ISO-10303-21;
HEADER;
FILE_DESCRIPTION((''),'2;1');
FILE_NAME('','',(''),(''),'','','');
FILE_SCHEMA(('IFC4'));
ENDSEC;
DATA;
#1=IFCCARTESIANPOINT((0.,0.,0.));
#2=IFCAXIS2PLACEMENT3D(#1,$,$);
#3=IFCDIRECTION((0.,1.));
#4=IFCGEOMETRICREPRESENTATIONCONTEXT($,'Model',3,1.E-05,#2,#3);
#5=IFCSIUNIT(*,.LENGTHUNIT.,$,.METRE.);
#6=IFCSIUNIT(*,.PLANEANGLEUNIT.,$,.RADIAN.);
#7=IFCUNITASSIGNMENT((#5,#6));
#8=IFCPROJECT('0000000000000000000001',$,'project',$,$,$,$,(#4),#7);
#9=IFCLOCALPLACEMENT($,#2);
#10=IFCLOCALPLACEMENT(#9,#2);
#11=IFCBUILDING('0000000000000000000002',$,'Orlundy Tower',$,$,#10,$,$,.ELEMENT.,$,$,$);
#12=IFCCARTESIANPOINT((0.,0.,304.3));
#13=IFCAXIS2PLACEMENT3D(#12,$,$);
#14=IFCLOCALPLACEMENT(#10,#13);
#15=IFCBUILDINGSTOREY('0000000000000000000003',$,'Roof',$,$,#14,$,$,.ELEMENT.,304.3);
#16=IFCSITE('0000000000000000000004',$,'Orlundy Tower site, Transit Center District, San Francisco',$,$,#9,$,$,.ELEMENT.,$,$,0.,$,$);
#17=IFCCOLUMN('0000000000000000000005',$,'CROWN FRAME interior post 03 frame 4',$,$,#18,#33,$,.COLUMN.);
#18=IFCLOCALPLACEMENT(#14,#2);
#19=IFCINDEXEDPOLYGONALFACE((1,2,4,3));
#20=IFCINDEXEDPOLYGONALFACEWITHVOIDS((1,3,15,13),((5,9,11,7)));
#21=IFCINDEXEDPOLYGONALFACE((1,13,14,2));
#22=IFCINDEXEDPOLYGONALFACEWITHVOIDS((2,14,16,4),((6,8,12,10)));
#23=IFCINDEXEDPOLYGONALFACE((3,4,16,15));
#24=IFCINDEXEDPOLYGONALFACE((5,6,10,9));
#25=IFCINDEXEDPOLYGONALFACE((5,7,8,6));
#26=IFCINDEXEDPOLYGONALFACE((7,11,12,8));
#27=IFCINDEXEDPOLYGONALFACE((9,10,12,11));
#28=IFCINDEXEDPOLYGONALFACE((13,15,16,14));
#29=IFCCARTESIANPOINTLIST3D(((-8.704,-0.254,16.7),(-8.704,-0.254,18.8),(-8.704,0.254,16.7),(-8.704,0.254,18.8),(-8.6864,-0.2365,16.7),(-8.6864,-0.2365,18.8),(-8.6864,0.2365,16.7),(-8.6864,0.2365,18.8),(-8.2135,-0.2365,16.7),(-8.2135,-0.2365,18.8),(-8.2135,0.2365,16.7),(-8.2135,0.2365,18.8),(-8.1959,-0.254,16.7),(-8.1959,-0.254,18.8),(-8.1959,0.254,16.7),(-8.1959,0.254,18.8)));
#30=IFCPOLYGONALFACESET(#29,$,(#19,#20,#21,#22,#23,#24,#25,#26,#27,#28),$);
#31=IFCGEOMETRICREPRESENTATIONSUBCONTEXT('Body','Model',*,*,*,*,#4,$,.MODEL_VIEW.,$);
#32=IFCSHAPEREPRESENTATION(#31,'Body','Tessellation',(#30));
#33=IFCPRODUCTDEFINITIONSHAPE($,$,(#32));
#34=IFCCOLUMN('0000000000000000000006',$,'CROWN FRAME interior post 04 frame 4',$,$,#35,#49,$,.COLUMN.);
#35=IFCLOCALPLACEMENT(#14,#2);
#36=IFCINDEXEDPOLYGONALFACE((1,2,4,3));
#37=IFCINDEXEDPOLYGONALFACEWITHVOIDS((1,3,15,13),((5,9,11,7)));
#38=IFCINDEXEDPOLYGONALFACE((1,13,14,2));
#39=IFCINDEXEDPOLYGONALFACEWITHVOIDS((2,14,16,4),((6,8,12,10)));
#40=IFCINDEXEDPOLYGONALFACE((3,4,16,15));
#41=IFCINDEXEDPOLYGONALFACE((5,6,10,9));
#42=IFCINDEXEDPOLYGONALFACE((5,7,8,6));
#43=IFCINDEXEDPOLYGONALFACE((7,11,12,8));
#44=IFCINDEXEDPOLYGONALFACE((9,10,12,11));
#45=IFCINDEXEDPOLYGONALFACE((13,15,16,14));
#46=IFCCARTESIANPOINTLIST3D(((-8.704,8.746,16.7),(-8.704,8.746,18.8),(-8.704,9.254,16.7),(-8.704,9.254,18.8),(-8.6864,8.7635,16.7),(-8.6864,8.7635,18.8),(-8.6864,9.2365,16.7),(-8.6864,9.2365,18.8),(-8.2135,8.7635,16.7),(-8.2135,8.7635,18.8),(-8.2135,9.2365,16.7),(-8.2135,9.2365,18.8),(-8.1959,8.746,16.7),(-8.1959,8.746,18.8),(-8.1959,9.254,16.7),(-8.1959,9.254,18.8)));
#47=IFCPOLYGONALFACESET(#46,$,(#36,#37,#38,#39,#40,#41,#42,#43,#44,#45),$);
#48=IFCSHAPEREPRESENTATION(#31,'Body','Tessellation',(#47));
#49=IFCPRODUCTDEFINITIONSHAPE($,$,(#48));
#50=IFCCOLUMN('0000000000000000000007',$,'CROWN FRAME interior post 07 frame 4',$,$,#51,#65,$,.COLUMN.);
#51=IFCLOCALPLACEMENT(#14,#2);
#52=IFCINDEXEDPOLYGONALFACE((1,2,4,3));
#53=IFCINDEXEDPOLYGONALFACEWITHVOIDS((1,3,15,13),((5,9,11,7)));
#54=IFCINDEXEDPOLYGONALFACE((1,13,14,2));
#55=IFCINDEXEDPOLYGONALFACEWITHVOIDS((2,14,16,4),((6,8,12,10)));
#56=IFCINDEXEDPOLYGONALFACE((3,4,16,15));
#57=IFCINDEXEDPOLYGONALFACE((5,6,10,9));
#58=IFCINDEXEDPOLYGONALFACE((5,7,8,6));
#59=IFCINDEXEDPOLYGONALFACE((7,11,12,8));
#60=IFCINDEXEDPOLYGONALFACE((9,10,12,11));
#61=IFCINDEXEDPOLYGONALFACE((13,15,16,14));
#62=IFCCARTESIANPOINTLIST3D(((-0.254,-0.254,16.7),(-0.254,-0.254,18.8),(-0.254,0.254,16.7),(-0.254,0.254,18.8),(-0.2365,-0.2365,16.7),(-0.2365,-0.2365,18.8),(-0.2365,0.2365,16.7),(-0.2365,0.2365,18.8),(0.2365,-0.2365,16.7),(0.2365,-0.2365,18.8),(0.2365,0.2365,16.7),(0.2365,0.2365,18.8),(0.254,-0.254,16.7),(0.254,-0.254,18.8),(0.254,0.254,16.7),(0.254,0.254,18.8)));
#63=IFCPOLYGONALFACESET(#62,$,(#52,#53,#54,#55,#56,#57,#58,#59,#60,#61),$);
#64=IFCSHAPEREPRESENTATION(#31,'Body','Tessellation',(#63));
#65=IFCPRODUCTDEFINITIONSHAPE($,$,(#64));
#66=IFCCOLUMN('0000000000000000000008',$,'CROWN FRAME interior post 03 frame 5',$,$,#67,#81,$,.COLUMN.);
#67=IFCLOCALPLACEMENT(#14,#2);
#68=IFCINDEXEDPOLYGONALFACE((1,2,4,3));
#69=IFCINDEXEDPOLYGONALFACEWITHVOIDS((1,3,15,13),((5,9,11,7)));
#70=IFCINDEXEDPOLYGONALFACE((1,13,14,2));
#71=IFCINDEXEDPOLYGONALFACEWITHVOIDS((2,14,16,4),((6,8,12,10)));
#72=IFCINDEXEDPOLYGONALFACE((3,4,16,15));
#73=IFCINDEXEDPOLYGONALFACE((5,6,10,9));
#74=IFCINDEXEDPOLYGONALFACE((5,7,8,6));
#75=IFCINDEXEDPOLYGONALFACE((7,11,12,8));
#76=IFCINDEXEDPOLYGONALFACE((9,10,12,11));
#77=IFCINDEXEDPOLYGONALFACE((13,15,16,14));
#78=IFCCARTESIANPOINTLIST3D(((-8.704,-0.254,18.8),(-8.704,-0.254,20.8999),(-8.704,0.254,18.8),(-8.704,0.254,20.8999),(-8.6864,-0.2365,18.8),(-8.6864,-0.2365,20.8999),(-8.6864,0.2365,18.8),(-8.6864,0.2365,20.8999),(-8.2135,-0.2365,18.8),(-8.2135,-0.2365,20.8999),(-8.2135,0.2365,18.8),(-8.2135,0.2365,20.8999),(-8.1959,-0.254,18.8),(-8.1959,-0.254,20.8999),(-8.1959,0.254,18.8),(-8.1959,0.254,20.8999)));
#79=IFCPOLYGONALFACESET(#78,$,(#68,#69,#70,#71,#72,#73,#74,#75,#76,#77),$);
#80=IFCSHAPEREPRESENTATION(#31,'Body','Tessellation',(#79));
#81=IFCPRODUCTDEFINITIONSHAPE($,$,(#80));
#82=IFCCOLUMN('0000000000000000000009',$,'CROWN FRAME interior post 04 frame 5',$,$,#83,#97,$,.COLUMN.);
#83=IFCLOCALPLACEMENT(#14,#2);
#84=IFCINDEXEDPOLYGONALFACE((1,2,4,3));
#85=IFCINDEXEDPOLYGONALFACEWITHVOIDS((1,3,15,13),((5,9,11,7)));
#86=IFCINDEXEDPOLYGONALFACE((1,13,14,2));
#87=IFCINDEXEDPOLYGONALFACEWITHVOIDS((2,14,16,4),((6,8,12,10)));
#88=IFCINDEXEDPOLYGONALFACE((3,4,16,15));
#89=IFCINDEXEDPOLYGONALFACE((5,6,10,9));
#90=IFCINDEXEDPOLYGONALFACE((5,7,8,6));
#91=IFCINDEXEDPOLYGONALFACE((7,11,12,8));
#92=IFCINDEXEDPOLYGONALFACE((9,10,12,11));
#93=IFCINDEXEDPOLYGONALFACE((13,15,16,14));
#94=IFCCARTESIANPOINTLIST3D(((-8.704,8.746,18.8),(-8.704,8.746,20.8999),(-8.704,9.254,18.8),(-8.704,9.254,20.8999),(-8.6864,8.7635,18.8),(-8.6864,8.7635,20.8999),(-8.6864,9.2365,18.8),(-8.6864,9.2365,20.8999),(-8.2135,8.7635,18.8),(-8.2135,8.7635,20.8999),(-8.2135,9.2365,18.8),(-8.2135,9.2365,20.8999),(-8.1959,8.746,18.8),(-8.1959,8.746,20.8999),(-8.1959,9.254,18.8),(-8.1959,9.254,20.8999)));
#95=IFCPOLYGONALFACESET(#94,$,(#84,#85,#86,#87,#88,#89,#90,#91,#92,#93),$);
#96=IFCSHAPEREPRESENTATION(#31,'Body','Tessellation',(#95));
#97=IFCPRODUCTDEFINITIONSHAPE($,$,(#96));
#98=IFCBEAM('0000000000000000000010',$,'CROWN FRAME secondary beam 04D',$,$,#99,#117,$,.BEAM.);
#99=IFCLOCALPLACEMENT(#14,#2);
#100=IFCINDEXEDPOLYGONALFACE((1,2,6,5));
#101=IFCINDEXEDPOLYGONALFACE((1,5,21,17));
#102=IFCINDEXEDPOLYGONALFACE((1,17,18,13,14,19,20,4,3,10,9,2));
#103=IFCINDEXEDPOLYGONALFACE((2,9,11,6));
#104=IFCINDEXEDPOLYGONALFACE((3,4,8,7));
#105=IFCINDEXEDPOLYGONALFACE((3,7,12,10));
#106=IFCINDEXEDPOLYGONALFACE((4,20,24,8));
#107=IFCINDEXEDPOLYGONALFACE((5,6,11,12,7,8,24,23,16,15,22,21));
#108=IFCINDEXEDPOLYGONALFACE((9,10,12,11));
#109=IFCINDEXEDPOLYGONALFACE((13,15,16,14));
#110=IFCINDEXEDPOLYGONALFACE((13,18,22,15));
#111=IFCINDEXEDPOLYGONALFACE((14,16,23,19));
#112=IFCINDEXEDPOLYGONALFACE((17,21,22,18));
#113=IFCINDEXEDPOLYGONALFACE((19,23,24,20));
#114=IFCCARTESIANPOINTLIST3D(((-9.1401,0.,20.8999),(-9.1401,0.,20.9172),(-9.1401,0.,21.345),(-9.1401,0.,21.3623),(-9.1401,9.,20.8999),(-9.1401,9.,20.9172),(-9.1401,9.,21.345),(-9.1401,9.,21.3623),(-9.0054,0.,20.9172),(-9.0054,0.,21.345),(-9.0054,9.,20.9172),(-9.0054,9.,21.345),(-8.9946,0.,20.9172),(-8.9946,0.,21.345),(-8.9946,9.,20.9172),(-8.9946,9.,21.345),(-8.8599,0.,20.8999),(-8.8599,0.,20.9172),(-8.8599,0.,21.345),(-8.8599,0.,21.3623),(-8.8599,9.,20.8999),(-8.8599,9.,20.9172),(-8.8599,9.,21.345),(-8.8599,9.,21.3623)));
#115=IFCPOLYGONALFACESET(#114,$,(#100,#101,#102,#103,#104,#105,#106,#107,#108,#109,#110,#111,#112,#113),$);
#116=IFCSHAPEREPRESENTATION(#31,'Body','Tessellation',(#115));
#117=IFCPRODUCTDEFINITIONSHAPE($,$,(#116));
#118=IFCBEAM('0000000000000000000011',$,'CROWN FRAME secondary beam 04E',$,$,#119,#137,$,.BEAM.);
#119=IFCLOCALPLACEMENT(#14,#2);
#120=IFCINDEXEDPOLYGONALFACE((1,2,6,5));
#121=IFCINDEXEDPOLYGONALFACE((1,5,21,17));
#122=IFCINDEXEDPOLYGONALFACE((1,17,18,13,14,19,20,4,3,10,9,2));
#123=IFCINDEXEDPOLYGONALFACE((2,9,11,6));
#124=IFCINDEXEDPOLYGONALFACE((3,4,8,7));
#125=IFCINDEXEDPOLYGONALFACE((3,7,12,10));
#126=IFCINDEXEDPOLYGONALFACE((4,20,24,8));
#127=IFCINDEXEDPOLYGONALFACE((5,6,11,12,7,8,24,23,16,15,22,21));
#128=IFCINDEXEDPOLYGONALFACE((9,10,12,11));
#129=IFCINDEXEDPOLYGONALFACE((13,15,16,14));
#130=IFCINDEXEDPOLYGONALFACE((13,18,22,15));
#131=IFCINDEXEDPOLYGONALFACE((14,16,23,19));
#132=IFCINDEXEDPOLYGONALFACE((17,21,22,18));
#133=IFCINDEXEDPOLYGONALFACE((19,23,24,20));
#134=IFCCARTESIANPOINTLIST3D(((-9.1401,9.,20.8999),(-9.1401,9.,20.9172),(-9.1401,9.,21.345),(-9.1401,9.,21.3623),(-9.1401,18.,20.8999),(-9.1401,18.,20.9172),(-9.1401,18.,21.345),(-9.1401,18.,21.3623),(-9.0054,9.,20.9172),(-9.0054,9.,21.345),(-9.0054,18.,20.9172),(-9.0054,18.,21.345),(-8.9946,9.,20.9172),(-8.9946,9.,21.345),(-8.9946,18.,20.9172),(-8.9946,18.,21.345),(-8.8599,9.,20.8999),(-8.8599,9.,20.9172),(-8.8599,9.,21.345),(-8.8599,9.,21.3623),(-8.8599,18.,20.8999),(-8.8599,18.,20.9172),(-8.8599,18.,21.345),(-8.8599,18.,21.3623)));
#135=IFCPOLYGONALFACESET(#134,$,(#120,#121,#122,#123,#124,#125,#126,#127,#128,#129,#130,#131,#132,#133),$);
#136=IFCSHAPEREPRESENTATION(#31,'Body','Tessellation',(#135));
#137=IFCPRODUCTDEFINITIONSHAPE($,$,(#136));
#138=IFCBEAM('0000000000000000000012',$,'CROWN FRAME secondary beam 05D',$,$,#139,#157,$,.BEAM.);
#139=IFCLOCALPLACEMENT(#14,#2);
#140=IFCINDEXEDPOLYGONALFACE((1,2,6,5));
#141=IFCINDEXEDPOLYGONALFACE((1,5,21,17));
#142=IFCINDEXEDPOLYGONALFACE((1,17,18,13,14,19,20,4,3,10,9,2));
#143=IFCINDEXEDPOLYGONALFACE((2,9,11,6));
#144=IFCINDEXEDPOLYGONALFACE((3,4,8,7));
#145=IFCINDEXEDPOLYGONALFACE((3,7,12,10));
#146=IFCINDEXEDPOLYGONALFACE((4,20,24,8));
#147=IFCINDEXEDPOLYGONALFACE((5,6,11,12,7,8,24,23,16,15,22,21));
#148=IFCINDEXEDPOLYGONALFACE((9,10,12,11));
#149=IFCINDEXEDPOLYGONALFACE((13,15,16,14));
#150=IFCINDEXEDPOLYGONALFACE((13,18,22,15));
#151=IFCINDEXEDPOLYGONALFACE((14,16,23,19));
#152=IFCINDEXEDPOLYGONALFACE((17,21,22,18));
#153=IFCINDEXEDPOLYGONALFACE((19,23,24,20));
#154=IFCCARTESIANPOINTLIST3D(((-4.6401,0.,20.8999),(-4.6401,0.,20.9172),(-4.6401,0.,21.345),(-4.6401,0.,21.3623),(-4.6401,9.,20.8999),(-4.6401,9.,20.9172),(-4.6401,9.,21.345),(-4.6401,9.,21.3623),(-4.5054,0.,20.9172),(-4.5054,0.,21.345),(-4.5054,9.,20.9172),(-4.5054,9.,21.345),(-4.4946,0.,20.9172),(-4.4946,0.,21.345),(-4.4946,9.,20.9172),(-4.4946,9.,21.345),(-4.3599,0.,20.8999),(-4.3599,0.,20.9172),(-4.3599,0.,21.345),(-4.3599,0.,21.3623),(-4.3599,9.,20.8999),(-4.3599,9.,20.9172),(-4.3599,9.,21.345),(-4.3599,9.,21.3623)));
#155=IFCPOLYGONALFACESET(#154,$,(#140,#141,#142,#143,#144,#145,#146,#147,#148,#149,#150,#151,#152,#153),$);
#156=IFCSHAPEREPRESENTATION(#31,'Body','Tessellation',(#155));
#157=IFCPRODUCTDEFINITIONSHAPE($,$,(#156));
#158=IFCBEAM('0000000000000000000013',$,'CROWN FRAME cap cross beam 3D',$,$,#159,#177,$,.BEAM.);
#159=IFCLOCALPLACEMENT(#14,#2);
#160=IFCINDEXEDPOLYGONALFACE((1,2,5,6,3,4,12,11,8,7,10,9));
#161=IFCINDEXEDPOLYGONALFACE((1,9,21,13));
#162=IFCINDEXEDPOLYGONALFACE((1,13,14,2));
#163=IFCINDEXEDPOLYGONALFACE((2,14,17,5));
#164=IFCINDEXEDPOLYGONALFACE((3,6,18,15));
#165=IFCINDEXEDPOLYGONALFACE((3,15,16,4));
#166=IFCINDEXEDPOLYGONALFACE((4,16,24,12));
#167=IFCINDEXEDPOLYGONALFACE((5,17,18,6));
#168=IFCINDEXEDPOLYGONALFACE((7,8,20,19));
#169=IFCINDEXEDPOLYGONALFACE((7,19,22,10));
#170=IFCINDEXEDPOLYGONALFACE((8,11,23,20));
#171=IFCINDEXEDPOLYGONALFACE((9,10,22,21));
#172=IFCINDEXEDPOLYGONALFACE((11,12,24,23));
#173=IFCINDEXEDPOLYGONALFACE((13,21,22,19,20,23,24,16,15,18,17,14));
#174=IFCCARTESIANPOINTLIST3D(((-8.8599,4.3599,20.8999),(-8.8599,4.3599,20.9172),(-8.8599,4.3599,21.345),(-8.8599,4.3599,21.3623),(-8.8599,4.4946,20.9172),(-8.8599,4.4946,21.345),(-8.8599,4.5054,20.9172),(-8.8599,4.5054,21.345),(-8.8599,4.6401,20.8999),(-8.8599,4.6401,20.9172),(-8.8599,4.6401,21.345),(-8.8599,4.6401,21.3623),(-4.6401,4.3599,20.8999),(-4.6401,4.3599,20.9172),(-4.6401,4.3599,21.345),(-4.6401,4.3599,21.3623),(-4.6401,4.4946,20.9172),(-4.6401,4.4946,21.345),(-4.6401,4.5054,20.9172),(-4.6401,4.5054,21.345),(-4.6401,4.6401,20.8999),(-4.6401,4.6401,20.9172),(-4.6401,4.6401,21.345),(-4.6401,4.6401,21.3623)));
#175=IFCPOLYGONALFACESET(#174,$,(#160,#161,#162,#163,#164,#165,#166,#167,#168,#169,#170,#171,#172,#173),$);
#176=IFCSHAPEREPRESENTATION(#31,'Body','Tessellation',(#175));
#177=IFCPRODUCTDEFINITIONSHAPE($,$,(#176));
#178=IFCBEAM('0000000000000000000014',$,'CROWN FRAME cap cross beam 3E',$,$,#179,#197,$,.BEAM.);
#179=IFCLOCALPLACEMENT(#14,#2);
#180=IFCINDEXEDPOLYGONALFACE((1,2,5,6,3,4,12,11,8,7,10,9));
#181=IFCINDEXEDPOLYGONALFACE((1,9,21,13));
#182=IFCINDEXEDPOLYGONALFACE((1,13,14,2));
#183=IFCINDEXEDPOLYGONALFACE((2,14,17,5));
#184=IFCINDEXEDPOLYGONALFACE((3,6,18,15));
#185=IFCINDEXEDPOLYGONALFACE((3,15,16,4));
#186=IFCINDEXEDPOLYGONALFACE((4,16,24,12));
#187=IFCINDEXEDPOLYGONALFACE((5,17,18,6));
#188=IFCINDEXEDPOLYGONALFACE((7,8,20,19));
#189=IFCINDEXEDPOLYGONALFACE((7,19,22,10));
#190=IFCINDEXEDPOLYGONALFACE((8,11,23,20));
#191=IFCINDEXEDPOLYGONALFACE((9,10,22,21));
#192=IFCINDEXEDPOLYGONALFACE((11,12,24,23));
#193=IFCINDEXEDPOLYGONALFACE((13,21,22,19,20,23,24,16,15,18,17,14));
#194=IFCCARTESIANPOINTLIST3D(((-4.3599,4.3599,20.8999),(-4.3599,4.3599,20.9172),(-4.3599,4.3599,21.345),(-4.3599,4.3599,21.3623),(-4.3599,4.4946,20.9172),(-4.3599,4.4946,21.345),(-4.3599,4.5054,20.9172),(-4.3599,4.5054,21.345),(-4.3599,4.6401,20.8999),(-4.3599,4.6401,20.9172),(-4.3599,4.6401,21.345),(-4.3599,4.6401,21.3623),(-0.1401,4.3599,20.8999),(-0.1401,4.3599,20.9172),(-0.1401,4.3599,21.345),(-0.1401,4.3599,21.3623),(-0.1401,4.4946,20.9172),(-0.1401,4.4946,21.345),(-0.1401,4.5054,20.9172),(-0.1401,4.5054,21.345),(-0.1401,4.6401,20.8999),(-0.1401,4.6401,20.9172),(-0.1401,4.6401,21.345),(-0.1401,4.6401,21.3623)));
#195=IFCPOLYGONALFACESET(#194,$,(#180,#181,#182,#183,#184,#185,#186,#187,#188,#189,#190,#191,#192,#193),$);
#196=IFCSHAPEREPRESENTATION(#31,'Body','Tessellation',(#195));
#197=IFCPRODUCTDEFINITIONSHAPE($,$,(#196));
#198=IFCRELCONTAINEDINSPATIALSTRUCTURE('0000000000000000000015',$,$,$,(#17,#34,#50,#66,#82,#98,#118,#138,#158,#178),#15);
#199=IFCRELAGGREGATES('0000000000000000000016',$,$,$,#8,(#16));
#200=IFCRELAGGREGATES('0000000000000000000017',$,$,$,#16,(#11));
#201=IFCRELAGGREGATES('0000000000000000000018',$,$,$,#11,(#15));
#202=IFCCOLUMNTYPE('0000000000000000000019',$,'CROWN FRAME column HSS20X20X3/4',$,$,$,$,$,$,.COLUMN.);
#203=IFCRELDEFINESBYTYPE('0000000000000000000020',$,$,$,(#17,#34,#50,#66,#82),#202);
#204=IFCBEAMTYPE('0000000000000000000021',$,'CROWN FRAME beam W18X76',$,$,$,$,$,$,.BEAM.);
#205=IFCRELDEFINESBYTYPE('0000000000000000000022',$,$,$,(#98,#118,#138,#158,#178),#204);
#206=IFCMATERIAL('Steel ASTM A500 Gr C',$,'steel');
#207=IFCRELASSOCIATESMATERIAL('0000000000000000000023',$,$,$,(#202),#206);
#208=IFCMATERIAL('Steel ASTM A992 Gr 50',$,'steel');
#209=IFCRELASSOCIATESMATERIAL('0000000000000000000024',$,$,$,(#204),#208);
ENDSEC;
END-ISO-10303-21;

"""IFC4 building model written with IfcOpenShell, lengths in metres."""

from ifc_helpers import new_model, si_unit, direction, frame, origin, origin_2d, place, context, subcontext, project, spatial, hollow_rectangle, i_section, extrude, material, material_profile, profile_set, type_object, element, save


model = new_model("IFC4")

# Units and contexts
model_context = context("Model", 3, precision=1e-05, world=origin(), true_north=direction((0.0, 1.0)))
body_context = subcontext(model_context, "Body", "Model", "MODEL_VIEW")
ifc_project = project(units=[si_unit("LENGTHUNIT", "METRE"), si_unit("PLANEANGLEUNIT", "RADIAN")], contexts=[model_context])

# Site, building, storey
site_placement = place(None, origin())
site = spatial("IfcSite", under=ifc_project, at=site_placement, Name="Orlundy Tower site, Transit Center District, San Francisco", CompositionType="ELEMENT", RefElevation=0.0)
building_placement = place(site_placement, origin())
building = spatial("IfcBuilding", under=site, at=building_placement, Name="Orlundy Tower", CompositionType="ELEMENT")
storey_placement = place(building_placement, frame((0.0, 0.0, 304.3)))
storey = spatial("IfcBuildingStorey", under=building, at=storey_placement, Name="Roof", CompositionType="ELEMENT", Elevation=304.3)

# Columns
ifc_material_1 = material(Name="Steel ASTM A500 Gr C", Category="steel")
ifc_material_profile_1 = material_profile(ifc_material_1, hollow_rectangle(XDim=0.5081, YDim=0.5081, WallThickness=0.0176, at=origin_2d()), Name="HSS20X20X3/4")
ifc_profile_set_1 = profile_set([ifc_material_profile_1], Name="Steel ASTM A500 Gr C")
column_type = type_object("IfcColumnType", Name="CROWN FRAME column HSS20X20X3/4", PredefinedType="COLUMN", material=ifc_profile_set_1)
for number, where, z_axis, x_axis, name in (
    (1, (-8.45, 0.0, 16.7), (0.0, 0.0, 1.0), (1.0, 0.0, 0.0), "CROWN FRAME interior post 03 frame 4"),
    (2, (-8.45, 9.0, 16.7), (0.0, 0.0, 1.0), (1.0, 0.0, 0.0), "CROWN FRAME interior post 04 frame 4"),
    (3, (0.0, 0.0, 16.7), (0.0, 0.0, 1.0), (1.0, 0.0, 0.0), "CROWN FRAME interior post 07 frame 4"),
):
    element("IfcColumn", number, at=place(storey_placement, frame(where, z_axis=z_axis, x_axis=x_axis)), inside=storey, type_object=column_type, Name=name, PredefinedType="COLUMN", context=body_context, shape_type="SweptSolid", body=[
        extrude(hollow_rectangle(XDim=0.5081, YDim=0.5081, WallThickness=0.0176, at=origin_2d()), origin(), (0.0, 0.0, 1.0), 2.1001),
    ])
for number, where, z_axis, x_axis, name in (
    (4, (-8.45, 0.0, 18.8), (0.0, 0.0, 1.0), (1.0, 0.0, 0.0), "CROWN FRAME interior post 03 frame 5"),
    (5, (-8.45, 9.0, 18.8), (0.0, 0.0, 1.0), (1.0, 0.0, 0.0), "CROWN FRAME interior post 04 frame 5"),
):
    element("IfcColumn", number, at=place(storey_placement, frame(where, z_axis=z_axis, x_axis=x_axis)), inside=storey, type_object=column_type, Name=name, PredefinedType="COLUMN", context=body_context, shape_type="SweptSolid", body=[
        extrude(hollow_rectangle(XDim=0.5081, YDim=0.5081, WallThickness=0.0176, at=origin_2d()), origin(), (0.0, 0.0, 1.0), 2.0999),
    ])

# Beams
ifc_material_2 = material(Name="Steel ASTM A992 Gr 50", Category="steel")
ifc_material_profile_2 = material_profile(ifc_material_2, i_section(OverallWidth=0.2803, OverallDepth=0.4624, WebThickness=0.0107, FlangeThickness=0.0173, at=origin_2d()), Name="W18X76")
ifc_profile_set_2 = profile_set([ifc_material_profile_2], Name="Steel ASTM A992 Gr 50")
beam_type_1 = type_object("IfcBeamType", Name="CROWN FRAME beam W18X76", PredefinedType="BEAM", material=ifc_profile_set_2)
for number, where, z_axis, x_axis, name in (
    (6, (-9.0, 0.0, 21.1311), (0.0, 1.0, 0.0), (-1.0, 0.0, 0.0), "CROWN FRAME secondary beam 04D"),
    (7, (-9.0, 9.0, 21.1311), (0.0, 1.0, 0.0), (-1.0, 0.0, 0.0), "CROWN FRAME secondary beam 04E"),
    (8, (-4.5, 0.0, 21.1311), (0.0, 1.0, 0.0), (-1.0, 0.0, 0.0), "CROWN FRAME secondary beam 05D"),
):
    element("IfcBeam", number, at=place(storey_placement, frame(where, z_axis=z_axis, x_axis=x_axis)), inside=storey, type_object=beam_type_1, Name=name, PredefinedType="BEAM", context=body_context, shape_type="SweptSolid", body=[
        extrude(i_section(OverallWidth=0.2803, OverallDepth=0.4624, WebThickness=0.0107, FlangeThickness=0.0173, at=origin_2d()), origin(), (0.0, 0.0, 1.0), 9.0),
    ])
for number, where, z_axis, x_axis, name in (
    (9, (-8.8599, 4.5, 21.1311), (1.0, 0.0, 0.0), (0.0, 1.0, 0.0), "CROWN FRAME cap cross beam 3D"),
    (10, (-4.3599, 4.5, 21.1311), (1.0, 0.0, 0.0), (0.0, 1.0, 0.0), "CROWN FRAME cap cross beam 3E"),
):
    element("IfcBeam", number, at=place(storey_placement, frame(where, z_axis=z_axis, x_axis=x_axis)), inside=storey, type_object=beam_type_1, Name=name, PredefinedType="BEAM", context=body_context, shape_type="SweptSolid", body=[
        extrude(i_section(OverallWidth=0.2803, OverallDepth=0.4624, WebThickness=0.0107, FlangeThickness=0.0173, at=origin_2d()), origin(), (0.0, 0.0, 1.0), 4.2197),
    ])

save(model, "model.ifc")
